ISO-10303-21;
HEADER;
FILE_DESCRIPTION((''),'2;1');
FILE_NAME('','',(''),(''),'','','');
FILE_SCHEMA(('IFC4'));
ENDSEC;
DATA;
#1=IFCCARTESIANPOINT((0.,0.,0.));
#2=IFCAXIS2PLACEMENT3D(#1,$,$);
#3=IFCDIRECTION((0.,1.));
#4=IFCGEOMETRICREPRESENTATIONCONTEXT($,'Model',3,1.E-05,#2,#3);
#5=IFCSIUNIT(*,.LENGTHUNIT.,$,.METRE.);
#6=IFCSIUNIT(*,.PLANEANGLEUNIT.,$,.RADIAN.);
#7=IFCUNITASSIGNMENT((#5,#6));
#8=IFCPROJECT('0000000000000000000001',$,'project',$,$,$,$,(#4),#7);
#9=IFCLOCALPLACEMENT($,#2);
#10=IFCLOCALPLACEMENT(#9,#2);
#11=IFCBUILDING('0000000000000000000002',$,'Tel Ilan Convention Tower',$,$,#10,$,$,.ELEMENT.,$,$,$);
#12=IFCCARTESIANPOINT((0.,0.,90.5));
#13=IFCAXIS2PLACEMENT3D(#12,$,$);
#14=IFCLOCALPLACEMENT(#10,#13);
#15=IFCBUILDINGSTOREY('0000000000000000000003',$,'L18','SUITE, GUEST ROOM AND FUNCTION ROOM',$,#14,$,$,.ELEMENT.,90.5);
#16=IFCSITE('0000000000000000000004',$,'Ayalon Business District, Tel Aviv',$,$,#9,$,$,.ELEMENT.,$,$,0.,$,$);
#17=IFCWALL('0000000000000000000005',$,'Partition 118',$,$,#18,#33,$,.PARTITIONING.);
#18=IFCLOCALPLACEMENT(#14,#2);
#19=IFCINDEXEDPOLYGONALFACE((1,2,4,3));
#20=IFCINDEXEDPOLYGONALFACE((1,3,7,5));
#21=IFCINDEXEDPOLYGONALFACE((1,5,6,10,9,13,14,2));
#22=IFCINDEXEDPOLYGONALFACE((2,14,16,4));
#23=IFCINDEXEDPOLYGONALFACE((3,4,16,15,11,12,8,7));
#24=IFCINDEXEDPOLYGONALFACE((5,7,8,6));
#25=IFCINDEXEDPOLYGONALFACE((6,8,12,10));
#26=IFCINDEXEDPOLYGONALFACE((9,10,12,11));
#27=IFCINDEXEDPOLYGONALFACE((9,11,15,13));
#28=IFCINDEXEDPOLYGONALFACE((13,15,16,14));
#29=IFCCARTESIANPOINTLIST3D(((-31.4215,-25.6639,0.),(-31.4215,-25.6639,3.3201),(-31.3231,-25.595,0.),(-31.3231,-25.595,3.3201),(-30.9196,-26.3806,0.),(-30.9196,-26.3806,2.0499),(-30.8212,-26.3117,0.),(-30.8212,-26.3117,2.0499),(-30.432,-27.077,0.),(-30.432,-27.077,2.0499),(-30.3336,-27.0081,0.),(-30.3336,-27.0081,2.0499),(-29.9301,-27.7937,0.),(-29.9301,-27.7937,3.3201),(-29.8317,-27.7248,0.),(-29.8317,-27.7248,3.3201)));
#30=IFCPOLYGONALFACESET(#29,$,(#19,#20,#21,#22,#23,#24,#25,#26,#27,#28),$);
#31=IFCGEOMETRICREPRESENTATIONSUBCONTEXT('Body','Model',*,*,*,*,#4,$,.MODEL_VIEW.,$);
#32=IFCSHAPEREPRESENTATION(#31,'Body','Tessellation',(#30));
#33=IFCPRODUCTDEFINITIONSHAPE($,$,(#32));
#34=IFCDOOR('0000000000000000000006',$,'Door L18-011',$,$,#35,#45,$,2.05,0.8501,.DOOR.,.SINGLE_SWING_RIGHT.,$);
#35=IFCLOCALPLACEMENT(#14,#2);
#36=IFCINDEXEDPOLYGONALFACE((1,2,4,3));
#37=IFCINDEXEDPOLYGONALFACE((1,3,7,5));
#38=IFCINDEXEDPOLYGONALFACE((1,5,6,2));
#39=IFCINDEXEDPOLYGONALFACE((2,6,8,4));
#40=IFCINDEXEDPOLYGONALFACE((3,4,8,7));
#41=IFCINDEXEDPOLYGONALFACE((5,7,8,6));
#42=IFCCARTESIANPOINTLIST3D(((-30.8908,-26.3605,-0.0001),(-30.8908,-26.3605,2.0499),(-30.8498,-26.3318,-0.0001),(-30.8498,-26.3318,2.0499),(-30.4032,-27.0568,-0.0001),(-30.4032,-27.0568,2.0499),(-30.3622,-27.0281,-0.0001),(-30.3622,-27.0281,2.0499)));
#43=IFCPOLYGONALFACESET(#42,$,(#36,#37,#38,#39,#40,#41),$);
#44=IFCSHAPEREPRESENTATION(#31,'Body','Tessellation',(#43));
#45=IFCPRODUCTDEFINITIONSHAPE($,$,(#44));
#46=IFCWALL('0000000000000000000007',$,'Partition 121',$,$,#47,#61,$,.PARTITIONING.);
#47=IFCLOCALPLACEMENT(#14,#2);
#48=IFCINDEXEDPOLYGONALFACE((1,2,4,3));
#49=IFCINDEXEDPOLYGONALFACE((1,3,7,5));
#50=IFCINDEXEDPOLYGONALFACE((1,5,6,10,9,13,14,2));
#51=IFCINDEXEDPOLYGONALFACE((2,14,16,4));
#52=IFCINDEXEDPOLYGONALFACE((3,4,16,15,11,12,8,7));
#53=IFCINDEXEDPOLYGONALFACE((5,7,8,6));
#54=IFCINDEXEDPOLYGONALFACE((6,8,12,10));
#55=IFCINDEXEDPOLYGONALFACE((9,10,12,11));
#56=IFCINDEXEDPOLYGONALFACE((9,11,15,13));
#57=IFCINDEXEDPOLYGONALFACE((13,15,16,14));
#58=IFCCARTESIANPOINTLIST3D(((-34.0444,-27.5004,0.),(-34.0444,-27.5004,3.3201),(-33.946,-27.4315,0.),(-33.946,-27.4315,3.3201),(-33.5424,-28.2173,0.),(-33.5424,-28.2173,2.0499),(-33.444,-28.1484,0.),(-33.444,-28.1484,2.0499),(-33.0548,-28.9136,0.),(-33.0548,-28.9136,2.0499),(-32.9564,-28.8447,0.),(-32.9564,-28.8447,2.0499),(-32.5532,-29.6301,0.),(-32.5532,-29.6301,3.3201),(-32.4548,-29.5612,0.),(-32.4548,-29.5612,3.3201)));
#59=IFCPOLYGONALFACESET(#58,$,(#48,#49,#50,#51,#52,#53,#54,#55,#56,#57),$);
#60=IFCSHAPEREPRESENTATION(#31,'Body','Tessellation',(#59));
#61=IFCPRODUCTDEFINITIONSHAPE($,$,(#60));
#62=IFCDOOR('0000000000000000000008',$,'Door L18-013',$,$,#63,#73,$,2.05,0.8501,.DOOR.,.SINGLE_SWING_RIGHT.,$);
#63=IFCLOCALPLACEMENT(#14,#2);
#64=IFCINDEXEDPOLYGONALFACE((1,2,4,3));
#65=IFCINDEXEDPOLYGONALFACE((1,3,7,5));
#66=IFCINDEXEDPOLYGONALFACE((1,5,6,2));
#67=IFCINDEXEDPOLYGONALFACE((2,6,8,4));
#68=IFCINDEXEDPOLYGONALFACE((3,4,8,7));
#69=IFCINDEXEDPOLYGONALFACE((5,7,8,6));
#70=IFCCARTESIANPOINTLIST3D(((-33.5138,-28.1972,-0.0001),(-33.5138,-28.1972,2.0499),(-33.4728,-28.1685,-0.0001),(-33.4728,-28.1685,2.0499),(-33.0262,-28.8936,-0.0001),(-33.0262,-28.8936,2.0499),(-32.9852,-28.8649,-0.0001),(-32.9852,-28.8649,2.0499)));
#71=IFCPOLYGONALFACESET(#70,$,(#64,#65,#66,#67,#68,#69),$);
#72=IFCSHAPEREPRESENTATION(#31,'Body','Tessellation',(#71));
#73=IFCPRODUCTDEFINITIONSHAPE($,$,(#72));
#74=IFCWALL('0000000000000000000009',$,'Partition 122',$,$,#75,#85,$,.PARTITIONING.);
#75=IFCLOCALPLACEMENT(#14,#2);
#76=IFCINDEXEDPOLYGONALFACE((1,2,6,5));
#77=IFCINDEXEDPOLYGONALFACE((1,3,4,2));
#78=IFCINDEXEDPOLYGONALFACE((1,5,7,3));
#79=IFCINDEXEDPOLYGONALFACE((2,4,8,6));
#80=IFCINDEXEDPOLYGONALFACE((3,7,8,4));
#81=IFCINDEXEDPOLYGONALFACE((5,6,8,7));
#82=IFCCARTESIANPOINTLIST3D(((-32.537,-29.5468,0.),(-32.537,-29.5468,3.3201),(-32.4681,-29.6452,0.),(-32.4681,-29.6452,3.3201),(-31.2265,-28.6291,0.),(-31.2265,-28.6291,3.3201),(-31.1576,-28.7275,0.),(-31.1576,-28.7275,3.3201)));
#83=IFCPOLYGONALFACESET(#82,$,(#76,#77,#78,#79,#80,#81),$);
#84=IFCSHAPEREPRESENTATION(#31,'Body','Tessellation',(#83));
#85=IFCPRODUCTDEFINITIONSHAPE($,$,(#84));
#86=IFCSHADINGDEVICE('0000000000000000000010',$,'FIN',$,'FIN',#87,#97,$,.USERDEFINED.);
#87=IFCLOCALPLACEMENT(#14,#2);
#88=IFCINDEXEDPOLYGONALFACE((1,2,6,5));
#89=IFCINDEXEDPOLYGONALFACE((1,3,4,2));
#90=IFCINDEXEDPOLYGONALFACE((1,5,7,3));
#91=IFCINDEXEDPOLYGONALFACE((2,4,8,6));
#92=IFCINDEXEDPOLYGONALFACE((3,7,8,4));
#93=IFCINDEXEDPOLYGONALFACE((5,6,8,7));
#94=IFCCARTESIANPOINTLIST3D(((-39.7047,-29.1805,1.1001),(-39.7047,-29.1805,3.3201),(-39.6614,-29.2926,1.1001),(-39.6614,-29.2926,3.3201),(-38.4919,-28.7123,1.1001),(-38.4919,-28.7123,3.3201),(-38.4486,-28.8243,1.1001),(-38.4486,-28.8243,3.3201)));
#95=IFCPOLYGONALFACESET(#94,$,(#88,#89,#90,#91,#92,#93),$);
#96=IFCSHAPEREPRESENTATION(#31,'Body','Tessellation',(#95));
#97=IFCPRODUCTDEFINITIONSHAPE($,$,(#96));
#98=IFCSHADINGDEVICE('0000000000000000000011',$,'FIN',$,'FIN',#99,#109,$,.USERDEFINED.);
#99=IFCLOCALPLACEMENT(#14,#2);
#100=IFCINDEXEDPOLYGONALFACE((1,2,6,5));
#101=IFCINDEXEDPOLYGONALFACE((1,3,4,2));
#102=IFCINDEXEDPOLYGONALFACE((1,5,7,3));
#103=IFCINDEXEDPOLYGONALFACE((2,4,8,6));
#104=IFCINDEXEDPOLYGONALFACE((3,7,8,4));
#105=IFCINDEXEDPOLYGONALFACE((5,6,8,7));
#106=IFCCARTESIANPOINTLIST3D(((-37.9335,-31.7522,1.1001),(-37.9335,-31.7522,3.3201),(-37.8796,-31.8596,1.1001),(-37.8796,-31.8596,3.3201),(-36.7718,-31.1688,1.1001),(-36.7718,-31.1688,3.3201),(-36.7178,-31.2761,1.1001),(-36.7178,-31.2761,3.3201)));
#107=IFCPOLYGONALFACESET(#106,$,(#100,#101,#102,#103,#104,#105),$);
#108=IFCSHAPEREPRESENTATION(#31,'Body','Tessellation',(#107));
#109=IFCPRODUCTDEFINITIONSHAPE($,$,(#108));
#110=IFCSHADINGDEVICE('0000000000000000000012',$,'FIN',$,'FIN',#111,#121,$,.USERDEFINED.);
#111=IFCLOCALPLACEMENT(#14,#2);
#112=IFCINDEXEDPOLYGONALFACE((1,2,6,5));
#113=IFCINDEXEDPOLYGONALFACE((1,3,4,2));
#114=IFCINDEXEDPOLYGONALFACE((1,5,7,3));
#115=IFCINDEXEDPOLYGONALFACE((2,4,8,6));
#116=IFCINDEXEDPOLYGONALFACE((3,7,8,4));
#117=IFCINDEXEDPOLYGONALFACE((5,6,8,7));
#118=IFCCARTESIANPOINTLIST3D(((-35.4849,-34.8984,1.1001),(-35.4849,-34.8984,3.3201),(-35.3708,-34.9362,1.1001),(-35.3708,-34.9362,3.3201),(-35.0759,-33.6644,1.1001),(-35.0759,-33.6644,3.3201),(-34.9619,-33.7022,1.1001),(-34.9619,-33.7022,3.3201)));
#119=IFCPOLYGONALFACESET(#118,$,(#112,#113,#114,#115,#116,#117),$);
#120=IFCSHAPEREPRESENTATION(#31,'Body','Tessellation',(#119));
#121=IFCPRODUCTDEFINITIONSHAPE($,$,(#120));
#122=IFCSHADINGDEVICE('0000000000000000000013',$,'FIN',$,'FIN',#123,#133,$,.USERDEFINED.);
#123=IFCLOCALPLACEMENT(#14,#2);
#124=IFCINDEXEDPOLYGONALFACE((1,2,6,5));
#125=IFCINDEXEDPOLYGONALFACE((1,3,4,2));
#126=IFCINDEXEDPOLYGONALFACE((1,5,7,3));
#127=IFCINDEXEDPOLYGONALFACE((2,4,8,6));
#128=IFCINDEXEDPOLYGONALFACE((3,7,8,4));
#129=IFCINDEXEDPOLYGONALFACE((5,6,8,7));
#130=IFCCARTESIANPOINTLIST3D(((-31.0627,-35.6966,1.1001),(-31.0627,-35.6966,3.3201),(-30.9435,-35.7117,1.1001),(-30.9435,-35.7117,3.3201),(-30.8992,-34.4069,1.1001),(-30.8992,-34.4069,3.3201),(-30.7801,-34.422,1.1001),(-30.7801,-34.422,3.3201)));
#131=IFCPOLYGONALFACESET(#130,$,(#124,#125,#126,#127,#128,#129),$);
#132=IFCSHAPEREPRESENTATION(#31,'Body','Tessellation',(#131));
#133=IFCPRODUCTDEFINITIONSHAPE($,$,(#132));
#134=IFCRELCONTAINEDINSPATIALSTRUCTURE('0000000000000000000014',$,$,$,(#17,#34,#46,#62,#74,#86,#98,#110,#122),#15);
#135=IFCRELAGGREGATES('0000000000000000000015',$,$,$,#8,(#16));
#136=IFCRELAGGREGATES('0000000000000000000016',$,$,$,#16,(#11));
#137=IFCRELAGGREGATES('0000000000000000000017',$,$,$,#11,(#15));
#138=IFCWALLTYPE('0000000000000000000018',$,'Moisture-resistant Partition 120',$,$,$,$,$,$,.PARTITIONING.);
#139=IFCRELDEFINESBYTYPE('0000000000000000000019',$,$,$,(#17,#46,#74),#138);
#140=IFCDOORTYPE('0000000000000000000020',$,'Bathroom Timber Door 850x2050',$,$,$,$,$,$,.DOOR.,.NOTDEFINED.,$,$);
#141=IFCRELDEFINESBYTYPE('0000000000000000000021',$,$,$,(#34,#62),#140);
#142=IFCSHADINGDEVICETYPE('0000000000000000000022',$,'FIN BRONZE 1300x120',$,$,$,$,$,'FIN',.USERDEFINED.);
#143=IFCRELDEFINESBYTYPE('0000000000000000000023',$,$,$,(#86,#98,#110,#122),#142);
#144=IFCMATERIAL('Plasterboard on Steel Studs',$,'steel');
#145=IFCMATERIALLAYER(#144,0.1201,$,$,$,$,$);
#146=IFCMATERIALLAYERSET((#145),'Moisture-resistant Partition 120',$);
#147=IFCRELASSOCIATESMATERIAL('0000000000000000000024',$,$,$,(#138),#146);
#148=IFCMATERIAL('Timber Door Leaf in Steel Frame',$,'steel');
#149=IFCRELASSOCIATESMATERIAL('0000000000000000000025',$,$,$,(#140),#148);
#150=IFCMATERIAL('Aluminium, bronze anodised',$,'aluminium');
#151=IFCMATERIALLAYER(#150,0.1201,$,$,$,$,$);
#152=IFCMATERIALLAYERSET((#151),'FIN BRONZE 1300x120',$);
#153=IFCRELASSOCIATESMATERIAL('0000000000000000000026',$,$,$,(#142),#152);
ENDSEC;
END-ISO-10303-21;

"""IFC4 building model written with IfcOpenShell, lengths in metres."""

from ifc_helpers import new_model, si_unit, direction, frame, frame_2d, origin, origin_2d, place, context, subcontext, project, spatial, rectangle, extrude, material, layer, layer_set, type_object, element, fill, save


model = new_model("IFC4")

# Units and contexts
model_context = context("Model", 3, precision=1e-05, world=origin(), true_north=direction((0.0, 1.0)))
body_context = subcontext(model_context, "Body", "Model", "MODEL_VIEW")
ifc_project = project(units=[si_unit("LENGTHUNIT", "METRE"), si_unit("PLANEANGLEUNIT", "RADIAN")], contexts=[model_context])

# Site, building, storey
site_placement = place(None, origin())
site = spatial("IfcSite", under=ifc_project, at=site_placement, Name="Ayalon Business District, Tel Aviv", CompositionType="ELEMENT", RefElevation=0.0)
building_placement = place(site_placement, origin())
building = spatial("IfcBuilding", under=site, at=building_placement, Name="Tel Ilan Convention Tower", CompositionType="ELEMENT")
storey_placement = place(building_placement, frame((0.0, 0.0, 90.5)))
storey = spatial("IfcBuildingStorey", under=building, at=storey_placement, Name="L18", Description="SUITE, GUEST ROOM AND FUNCTION ROOM", CompositionType="ELEMENT", Elevation=90.5)

# Shared definitions
ifc_material_1 = material(Name="Plasterboard on Steel Studs", Category="steel")
ifc_layer_1 = layer(ifc_material_1, 0.1201)
ifc_layer_set_1 = layer_set([ifc_layer_1], Name="Moisture-resistant Partition 120")
wall_type_1 = type_object("IfcWallType", Name="Moisture-resistant Partition 120", PredefinedType="PARTITIONING", material=ifc_layer_set_1)

# Walls, openings, doors
wall_1_placement = place(storey_placement, frame((-29.8809, -27.7593, 0.0), z_axis=(0.0, 0.0, 1.0), x_axis=(-0.573601, 0.819135, 0.0)))
wall_1 = element("IfcWall", 1, at=wall_1_placement, inside=storey, type_object=wall_type_1, Name="Partition 118", PredefinedType="PARTITIONING", context=body_context, shape_type="SweptSolid", body=[
    extrude(rectangle(XDim=2.6001, YDim=0.1201, at=frame_2d((1.3, 0.0))), origin(), (0.0, 0.0, 1.0), 3.3201),
])
opening_1_placement = place(wall_1_placement, frame((0.875, 0.0, 0.0)))
opening_1 = element("IfcOpeningElement", 2, at=opening_1_placement, cuts=wall_1, PredefinedType="OPENING", context=body_context, shape_type="SweptSolid", body=[
    extrude(rectangle(XDim=0.8501, YDim=2.05, at=frame_2d((0.425, 1.0249))), frame((0.0, 0.0701, 0.0), z_axis=(0.0, -1.0, 0.0), x_axis=(1.0, 0.0, 0.0)), (0.0, 0.0, 1.0), 0.1401),
])
ifc_material_2 = material(Name="Timber Door Leaf in Steel Frame", Category="steel")
door_type_1 = type_object("IfcDoorType", Name="Bathroom Timber Door 850x2050", OperationType="NOTDEFINED", PredefinedType="DOOR", material=ifc_material_2)
door_1_placement = place(opening_1_placement, origin())
door_1 = element("IfcDoor", 3, at=door_1_placement, inside=storey, type_object=door_type_1, Name="Door L18-011", OperationType="SINGLE_SWING_RIGHT", OverallHeight=2.05, OverallWidth=0.8501, PredefinedType="DOOR", context=body_context, shape_type="SweptSolid", body=[
    extrude(rectangle(XDim=0.8501, YDim=2.05, at=frame_2d((0.425, 1.0249))), frame((0.0, 0.0249, 0.0), z_axis=(0.0, -1.0, 0.0), x_axis=(1.0, 0.0, 0.0)), (0.0, 0.0, 1.0), 0.05),
])
fill(opening_1, door_1)
wall_2_placement = place(storey_placement, frame((-33.9951, -27.4661, 0.0), z_axis=(0.0, 0.0, 1.0), x_axis=(0.573582, -0.819148, 0.0)))
wall_2 = element("IfcWall", 4, at=wall_2_placement, inside=storey, type_object=wall_type_1, Name="Partition 121", PredefinedType="PARTITIONING", context=body_context, shape_type="SweptSolid", body=[
    extrude(rectangle(XDim=2.5999, YDim=0.1201, at=frame_2d((1.2998, 0.0))), origin(), (0.0, 0.0, 1.0), 3.3201),
])
opening_2_placement = place(wall_2_placement, frame((0.875, 0.0, 0.0)))
opening_2 = element("IfcOpeningElement", 5, at=opening_2_placement, cuts=wall_2, PredefinedType="OPENING", context=body_context, shape_type="SweptSolid", body=[
    extrude(rectangle(XDim=0.8501, YDim=2.05, at=frame_2d((0.425, 1.0249))), frame((0.0, 0.0701, 0.0), z_axis=(0.0, -1.0, 0.0), x_axis=(1.0, 0.0, 0.0)), (0.0, 0.0, 1.0), 0.1401),
])
door_2_placement = place(opening_2_placement, origin())
door_2 = element("IfcDoor", 6, at=door_2_placement, inside=storey, type_object=door_type_1, Name="Door L18-013", OperationType="SINGLE_SWING_RIGHT", OverallHeight=2.05, OverallWidth=0.8501, PredefinedType="DOOR", context=body_context, shape_type="SweptSolid", body=[
    extrude(rectangle(XDim=0.8501, YDim=2.05, at=frame_2d((0.425, 1.0249))), frame((0.0, 0.0249, 0.0), z_axis=(0.0, -1.0, 0.0), x_axis=(1.0, 0.0, 0.0)), (0.0, 0.0, 1.0), 0.05),
])
fill(opening_2, door_2)

# Wall
wall_3_placement = place(storey_placement, frame((-32.5024, -29.5959, 0.0), z_axis=(0.0, 0.0, 1.0), x_axis=(0.819132, 0.573606, 0.0)))
element("IfcWall", 7, at=wall_3_placement, inside=storey, type_object=wall_type_1, Name="Partition 122", PredefinedType="PARTITIONING", context=body_context, shape_type="SweptSolid", body=[
    extrude(rectangle(XDim=1.5999, YDim=0.1201, at=frame_2d((0.7998, 0.0))), origin(), (0.0, 0.0, 1.0), 3.3201),
])

# Shading devices
ifc_material_3 = material(Name="Aluminium, bronze anodised", Category="aluminium")
ifc_layer_2 = layer(ifc_material_3, 0.1201)
ifc_layer_set_2 = layer_set([ifc_layer_2], Name="FIN BRONZE 1300x120")
shading_device_type = type_object("IfcShadingDeviceType", Name="FIN BRONZE 1300x120", ElementType="FIN", PredefinedType="USERDEFINED", material=ifc_layer_set_2)
for number, where, z_axis, x_axis, name in (
    (8, (-39.0767, -29.0024, 1.1001), (0.0, 0.0, 1.0), (-0.932884, -0.360178, 0.0), "FIN"),
    (9, (-37.3257, -31.5142, 1.1001), (0.0, 0.0, 1.0), (-0.893633, -0.448799, 0.0), "FIN"),
    (10, (-35.2234, -34.3003, 1.1001), (0.0, 0.0, 1.0), (-0.314545, -0.949243, 0.0), "FIN"),
    (11, (-30.9214, -35.0593, 1.1001), (0.0, 0.0, 1.0), (-0.125718, -0.992066, 0.0), "FIN"),
):
    element("IfcShadingDevice", number, at=place(storey_placement, frame(where, z_axis=z_axis, x_axis=x_axis)), inside=storey, type_object=shading_device_type, Name=name, ObjectType="FIN", PredefinedType="USERDEFINED", context=body_context, shape_type="SweptSolid", body=[
        extrude(rectangle(XDim=1.3, YDim=0.1201, at=origin_2d()), origin(), (0.0, 0.0, 1.0), 2.22),
    ])

save(model, "model.ifc")
